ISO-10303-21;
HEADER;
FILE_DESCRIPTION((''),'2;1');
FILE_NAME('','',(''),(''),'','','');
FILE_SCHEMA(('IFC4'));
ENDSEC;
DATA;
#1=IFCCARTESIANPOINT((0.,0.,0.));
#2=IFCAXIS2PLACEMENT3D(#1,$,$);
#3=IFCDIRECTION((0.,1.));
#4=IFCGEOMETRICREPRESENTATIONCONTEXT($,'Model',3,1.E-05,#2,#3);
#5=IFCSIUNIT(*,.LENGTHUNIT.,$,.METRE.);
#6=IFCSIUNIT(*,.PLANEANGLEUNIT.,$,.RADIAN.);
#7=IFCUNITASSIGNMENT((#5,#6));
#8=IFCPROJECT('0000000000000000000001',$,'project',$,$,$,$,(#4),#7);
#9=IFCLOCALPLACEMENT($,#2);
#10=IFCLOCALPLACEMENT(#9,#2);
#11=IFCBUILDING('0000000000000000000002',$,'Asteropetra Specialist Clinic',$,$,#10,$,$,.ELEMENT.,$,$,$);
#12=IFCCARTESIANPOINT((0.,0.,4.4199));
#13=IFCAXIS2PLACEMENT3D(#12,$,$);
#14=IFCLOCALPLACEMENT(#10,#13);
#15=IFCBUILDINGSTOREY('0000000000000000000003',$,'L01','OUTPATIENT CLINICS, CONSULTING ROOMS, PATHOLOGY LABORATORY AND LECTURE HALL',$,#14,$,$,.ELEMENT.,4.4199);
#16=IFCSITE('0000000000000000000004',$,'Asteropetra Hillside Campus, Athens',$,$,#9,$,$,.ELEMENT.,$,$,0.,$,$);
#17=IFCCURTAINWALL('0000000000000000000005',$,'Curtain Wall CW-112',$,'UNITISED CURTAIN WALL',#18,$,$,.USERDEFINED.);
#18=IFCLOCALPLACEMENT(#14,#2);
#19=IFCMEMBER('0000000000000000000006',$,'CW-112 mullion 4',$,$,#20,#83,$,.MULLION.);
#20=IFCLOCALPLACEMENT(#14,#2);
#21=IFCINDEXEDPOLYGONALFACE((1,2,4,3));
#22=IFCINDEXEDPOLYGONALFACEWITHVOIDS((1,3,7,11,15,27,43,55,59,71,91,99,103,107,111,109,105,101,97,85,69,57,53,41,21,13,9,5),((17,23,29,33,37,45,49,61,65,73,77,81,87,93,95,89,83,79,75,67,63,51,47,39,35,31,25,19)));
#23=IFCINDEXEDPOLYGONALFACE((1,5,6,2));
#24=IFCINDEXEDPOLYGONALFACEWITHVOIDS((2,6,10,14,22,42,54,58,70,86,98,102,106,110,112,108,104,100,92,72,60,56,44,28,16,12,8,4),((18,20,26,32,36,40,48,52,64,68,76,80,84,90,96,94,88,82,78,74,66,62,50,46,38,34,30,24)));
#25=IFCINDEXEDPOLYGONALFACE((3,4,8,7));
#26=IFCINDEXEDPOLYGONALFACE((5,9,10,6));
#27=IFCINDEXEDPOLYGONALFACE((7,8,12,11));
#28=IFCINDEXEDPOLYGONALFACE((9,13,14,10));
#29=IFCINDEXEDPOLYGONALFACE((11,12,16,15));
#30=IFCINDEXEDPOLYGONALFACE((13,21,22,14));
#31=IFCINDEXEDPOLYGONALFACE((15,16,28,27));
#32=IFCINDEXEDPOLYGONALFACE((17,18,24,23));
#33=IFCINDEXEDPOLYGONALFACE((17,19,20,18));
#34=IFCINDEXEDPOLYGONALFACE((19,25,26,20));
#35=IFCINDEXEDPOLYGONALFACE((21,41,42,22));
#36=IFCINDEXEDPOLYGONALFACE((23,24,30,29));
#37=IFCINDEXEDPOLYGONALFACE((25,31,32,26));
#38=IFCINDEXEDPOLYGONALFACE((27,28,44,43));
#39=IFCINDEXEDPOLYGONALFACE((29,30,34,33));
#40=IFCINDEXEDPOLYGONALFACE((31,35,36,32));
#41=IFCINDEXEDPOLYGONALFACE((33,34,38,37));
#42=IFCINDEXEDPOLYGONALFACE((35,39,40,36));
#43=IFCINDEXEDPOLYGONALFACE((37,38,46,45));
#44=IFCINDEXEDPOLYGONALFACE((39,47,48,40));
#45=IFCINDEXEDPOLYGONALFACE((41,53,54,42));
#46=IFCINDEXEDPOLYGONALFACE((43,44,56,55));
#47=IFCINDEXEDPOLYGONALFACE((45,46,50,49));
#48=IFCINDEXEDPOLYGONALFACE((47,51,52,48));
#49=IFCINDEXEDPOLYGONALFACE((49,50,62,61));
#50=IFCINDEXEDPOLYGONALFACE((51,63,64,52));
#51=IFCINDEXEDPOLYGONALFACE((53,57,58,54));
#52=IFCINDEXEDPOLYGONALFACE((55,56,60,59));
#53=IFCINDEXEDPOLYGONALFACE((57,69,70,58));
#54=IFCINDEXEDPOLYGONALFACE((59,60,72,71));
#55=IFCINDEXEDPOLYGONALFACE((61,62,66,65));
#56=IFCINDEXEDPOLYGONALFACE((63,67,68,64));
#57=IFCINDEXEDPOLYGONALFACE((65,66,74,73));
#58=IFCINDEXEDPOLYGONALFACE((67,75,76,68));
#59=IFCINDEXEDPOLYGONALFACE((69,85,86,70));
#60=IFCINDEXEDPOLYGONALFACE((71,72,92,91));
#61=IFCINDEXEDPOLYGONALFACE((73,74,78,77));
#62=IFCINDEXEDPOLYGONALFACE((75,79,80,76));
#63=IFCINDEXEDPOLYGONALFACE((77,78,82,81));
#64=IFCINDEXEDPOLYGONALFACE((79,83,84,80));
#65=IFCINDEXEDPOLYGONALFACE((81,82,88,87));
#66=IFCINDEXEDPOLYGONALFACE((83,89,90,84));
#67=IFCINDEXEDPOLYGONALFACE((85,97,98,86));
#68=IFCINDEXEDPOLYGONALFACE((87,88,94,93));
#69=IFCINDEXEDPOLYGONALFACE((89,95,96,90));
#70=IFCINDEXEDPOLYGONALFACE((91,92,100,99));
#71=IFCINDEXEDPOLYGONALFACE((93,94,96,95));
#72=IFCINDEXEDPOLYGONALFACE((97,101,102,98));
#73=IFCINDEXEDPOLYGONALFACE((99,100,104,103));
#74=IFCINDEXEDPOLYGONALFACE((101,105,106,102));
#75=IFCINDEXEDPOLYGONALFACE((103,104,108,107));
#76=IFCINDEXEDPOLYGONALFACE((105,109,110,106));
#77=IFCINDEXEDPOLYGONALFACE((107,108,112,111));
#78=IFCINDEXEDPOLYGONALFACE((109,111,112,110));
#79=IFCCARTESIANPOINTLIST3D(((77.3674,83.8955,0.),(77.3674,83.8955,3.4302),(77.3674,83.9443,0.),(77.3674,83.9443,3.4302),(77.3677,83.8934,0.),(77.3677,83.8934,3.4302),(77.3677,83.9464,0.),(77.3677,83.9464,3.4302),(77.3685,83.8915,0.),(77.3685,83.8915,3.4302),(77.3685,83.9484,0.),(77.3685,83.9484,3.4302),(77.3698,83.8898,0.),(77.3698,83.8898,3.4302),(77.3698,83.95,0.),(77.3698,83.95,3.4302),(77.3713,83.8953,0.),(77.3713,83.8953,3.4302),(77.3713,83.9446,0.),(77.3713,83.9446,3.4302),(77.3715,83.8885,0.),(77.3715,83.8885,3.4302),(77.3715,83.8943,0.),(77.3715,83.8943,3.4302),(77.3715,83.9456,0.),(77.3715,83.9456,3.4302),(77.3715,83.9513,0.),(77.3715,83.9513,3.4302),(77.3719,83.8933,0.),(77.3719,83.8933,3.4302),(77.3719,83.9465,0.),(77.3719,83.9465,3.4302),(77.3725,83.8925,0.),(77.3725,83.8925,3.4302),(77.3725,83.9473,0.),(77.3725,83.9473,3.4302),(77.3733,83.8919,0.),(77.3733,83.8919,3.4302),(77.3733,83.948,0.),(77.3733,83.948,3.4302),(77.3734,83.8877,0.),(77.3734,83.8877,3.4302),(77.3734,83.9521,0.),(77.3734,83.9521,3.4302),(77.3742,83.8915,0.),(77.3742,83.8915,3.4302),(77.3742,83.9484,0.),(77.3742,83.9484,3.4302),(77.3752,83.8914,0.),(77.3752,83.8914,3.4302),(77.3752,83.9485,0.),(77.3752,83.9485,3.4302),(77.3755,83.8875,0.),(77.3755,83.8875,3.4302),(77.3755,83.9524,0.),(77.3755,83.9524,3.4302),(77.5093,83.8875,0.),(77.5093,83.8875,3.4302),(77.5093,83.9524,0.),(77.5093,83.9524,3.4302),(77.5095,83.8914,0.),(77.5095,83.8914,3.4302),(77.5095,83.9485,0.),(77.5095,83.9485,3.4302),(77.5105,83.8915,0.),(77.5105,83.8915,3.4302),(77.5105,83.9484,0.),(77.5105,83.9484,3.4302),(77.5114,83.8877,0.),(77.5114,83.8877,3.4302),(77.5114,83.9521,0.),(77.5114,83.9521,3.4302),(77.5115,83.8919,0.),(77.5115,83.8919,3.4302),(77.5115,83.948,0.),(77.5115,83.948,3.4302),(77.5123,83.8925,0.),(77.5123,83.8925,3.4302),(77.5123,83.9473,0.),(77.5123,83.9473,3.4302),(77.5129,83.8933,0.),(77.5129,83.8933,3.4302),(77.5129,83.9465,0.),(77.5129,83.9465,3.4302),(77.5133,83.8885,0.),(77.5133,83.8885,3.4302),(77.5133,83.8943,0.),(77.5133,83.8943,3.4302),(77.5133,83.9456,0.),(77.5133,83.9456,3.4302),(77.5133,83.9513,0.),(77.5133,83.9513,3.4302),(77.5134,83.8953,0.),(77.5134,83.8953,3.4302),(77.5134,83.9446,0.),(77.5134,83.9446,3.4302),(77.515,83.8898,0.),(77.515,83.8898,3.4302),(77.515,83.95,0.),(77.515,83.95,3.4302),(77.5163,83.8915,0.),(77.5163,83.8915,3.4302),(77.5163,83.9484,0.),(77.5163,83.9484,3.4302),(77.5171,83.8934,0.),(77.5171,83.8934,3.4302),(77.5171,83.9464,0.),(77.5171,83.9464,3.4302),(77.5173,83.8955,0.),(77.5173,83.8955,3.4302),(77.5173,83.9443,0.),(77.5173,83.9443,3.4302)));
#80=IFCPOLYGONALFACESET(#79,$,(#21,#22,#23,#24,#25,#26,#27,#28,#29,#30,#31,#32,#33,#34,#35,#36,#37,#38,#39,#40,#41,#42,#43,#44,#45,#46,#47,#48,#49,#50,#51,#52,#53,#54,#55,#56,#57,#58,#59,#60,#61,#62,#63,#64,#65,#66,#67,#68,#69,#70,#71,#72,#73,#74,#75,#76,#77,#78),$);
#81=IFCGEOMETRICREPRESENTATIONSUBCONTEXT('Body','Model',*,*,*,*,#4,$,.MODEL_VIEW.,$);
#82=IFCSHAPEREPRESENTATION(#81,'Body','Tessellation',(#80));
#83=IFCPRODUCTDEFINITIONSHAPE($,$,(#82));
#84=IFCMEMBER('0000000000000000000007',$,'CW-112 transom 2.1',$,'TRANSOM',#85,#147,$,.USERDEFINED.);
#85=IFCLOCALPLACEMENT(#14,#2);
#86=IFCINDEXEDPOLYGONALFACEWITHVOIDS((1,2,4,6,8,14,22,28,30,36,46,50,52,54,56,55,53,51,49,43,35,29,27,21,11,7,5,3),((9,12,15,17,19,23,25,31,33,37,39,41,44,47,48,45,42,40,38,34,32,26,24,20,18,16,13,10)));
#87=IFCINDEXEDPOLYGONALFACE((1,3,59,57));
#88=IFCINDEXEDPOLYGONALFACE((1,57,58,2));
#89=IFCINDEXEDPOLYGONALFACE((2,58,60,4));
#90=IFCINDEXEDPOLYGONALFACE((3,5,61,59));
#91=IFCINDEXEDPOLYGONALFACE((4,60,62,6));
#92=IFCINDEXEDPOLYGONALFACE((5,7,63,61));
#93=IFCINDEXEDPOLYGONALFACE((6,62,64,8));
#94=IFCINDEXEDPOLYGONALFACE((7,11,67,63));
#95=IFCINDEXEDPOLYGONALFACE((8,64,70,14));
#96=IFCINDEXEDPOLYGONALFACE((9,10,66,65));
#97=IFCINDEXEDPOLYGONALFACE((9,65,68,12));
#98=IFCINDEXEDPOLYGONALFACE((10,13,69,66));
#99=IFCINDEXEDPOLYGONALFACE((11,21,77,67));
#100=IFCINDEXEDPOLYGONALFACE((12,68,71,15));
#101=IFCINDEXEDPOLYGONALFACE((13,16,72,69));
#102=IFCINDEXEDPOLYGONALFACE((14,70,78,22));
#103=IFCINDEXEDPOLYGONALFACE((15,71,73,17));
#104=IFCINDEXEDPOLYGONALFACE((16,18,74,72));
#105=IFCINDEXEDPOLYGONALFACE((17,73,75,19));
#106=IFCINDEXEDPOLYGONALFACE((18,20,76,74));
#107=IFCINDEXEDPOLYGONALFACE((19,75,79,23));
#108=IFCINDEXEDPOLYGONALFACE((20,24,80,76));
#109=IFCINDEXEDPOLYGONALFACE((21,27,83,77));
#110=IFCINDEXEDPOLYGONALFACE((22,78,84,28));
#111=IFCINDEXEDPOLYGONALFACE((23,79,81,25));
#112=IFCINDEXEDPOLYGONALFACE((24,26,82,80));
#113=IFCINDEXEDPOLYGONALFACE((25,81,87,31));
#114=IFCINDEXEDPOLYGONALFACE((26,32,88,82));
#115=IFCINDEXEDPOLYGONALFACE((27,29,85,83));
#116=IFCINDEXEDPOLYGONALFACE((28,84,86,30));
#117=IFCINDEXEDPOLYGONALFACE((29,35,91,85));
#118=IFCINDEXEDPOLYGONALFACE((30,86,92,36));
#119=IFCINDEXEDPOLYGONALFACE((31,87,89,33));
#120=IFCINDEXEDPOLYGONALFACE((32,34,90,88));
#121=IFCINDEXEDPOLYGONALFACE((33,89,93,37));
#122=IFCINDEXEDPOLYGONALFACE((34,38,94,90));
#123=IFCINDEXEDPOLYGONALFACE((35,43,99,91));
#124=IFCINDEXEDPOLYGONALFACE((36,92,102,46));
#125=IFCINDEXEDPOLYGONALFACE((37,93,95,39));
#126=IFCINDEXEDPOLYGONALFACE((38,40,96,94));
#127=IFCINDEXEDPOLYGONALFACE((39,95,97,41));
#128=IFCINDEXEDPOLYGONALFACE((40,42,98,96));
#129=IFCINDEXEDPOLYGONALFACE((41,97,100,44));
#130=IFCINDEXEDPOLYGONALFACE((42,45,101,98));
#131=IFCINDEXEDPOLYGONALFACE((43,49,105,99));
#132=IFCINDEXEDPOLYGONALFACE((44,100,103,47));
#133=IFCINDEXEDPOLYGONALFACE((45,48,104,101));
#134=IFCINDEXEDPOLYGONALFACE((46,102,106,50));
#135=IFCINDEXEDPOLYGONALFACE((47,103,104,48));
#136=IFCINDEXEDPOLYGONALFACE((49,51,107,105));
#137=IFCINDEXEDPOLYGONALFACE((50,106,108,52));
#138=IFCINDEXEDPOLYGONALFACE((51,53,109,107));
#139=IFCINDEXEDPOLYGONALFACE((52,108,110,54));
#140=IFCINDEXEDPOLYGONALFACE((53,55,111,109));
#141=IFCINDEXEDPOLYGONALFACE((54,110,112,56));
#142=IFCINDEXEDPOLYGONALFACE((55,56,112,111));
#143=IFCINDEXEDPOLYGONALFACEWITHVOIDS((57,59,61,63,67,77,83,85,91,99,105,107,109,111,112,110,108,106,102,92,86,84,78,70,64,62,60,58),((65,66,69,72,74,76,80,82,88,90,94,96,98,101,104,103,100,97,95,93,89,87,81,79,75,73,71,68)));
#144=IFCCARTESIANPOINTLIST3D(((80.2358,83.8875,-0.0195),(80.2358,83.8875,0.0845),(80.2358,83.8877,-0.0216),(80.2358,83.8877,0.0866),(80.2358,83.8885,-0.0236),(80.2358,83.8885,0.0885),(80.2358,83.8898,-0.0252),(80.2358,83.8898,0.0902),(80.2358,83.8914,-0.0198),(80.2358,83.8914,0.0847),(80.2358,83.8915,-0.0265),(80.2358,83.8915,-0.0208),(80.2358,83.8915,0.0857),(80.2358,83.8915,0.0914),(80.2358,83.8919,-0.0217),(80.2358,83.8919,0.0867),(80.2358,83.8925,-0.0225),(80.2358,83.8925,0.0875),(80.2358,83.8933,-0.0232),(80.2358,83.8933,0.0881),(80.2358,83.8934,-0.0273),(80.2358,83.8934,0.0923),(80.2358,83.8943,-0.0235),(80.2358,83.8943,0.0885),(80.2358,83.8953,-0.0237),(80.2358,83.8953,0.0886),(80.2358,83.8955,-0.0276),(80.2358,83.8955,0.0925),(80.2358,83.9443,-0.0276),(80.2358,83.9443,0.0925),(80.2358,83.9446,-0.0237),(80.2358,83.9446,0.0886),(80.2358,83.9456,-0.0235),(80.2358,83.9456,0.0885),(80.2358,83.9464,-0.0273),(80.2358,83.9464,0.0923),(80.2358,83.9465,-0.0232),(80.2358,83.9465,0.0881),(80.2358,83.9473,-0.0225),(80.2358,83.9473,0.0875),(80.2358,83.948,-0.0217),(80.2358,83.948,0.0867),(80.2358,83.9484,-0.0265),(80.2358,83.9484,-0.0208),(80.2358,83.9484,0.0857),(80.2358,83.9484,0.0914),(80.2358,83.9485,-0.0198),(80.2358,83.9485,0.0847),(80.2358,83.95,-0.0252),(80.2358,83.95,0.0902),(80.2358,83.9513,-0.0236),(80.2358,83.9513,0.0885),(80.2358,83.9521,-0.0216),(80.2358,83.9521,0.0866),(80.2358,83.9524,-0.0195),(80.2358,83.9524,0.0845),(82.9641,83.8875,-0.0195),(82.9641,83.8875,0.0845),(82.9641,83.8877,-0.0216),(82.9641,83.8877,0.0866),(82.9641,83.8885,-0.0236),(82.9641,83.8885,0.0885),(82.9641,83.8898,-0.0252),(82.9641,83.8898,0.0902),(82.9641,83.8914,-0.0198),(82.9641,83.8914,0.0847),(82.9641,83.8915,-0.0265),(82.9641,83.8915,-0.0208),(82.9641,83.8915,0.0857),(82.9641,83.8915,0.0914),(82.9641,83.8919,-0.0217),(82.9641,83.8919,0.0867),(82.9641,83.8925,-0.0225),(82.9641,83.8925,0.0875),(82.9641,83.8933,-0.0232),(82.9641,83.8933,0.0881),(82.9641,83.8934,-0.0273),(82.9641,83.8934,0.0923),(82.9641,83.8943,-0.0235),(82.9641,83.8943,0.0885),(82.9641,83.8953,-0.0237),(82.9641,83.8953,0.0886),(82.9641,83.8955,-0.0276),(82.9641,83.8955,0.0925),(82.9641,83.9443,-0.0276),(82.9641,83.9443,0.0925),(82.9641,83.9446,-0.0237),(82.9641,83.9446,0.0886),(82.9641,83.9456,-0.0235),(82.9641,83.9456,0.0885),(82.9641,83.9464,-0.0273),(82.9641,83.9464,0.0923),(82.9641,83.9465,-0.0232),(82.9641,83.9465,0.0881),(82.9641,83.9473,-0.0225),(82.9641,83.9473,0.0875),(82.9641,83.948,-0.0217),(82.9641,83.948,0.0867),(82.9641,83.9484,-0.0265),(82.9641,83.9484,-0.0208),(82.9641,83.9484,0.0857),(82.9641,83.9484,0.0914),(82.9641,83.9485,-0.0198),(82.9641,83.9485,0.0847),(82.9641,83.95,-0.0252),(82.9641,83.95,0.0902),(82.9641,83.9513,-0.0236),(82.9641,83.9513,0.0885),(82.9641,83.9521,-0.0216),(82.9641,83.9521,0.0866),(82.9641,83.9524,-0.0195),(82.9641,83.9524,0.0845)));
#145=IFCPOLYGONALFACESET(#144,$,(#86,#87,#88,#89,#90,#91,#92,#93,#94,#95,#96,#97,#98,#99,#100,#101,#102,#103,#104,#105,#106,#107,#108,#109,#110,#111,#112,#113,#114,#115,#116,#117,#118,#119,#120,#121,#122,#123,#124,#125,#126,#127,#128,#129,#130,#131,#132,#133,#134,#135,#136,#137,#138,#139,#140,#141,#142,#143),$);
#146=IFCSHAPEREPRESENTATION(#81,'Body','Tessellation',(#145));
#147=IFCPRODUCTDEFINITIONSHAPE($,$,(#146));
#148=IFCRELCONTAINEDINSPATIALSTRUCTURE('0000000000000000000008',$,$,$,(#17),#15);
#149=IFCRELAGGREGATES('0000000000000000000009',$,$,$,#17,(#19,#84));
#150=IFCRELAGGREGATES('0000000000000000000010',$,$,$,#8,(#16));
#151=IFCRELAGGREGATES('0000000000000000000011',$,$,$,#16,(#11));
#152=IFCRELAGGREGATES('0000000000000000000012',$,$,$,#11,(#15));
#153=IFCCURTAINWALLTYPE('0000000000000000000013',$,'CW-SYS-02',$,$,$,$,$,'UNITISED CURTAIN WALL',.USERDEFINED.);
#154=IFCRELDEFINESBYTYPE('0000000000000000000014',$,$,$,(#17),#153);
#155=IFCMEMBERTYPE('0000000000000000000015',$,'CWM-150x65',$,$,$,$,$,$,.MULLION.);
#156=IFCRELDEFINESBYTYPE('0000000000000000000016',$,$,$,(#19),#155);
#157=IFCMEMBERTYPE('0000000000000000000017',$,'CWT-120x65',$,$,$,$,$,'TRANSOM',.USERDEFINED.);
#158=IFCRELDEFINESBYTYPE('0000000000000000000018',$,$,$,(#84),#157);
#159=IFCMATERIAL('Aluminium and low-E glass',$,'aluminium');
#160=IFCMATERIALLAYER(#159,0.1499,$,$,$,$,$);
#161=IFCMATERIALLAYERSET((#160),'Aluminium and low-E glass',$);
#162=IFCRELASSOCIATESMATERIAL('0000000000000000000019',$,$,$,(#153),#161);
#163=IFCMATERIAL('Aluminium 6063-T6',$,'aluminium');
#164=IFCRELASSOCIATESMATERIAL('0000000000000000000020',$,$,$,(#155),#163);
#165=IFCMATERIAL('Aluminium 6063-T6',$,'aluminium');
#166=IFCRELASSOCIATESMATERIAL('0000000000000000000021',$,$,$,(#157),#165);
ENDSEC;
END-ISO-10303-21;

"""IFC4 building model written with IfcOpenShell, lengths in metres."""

from ifc_helpers import new_model, si_unit, direction, frame, origin, origin_2d, place, context, subcontext, project, spatial, hollow_rectangle, extrude, material, layer, layer_set, material_profile, profile_set, type_object, element, aggregate, save


model = new_model("IFC4")

# Units and contexts
model_context = context("Model", 3, precision=1e-05, world=origin(), true_north=direction((0.0, 1.0)))
body_context = subcontext(model_context, "Body", "Model", "MODEL_VIEW")
ifc_project = project(units=[si_unit("LENGTHUNIT", "METRE"), si_unit("PLANEANGLEUNIT", "RADIAN")], contexts=[model_context])

# Site, building, storey
site_placement = place(None, origin())
site = spatial("IfcSite", under=ifc_project, at=site_placement, Name="Asteropetra Hillside Campus, Athens", CompositionType="ELEMENT", RefElevation=0.0)
building_placement = place(site_placement, origin())
building = spatial("IfcBuilding", under=site, at=building_placement, Name="Asteropetra Specialist Clinic", CompositionType="ELEMENT")
storey_placement = place(building_placement, frame((0.0, 0.0, 4.4199)))
storey = spatial("IfcBuildingStorey", under=building, at=storey_placement, Name="L01", Description="OUTPATIENT CLINICS, CONSULTING ROOMS, PATHOLOGY LABORATORY AND LECTURE HALL", CompositionType="ELEMENT", Elevation=4.4199)

# Curtain wall, members
ifc_material_1 = material(Name="Aluminium and low-E glass", Category="aluminium")
ifc_layer_1 = layer(ifc_material_1, 0.1499)
ifc_layer_set_1 = layer_set([ifc_layer_1], Name="Aluminium and low-E glass")
curtain_wall_type = type_object("IfcCurtainWallType", Name="CW-SYS-02", ElementType="UNITISED CURTAIN WALL", PredefinedType="USERDEFINED", material=ifc_layer_set_1)
curtain_wall_placement = place(storey_placement, origin())
curtain_wall = element("IfcCurtainWall", 1, at=curtain_wall_placement, inside=storey, type_object=curtain_wall_type, Name="Curtain Wall CW-112", ObjectType="UNITISED CURTAIN WALL", PredefinedType="USERDEFINED")
ifc_material_2 = material(Name="Aluminium 6063-T6", Category="aluminium")
ifc_material_profile_1 = material_profile(ifc_material_2, hollow_rectangle(XDim=0.0649, YDim=0.1499, WallThickness=0.0039, InnerFilletRadius=0.0039, OuterFilletRadius=0.0081, at=origin_2d()), Name="MUL 150x65x4.0")
ifc_profile_set_1 = profile_set([ifc_material_profile_1], Name="Aluminium 6063-T6")
member_type_1 = type_object("IfcMemberType", Name="CWM-150x65", PredefinedType="MULLION", material=ifc_profile_set_1)
member_1_placement = place(storey_placement, frame((77.4424, 83.9199, 0.0), z_axis=(0.0, 0.0, 1.0), x_axis=(0.0, -1.0, 0.0)))
member_1 = element("IfcMember", 2, at=member_1_placement, type_object=member_type_1, Name="CW-112 mullion 4", PredefinedType="MULLION", context=body_context, shape_type="SweptSolid", body=[
    extrude(hollow_rectangle(XDim=0.0649, YDim=0.1499, WallThickness=0.0039, InnerFilletRadius=0.0039, OuterFilletRadius=0.0081, at=origin_2d()), origin(), (0.0, 0.0, 1.0), 3.4302),
])
ifc_material_3 = material(Name="Aluminium 6063-T6", Category="aluminium")
ifc_material_profile_2 = material_profile(ifc_material_3, hollow_rectangle(XDim=0.0649, YDim=0.1201, WallThickness=0.0039, InnerFilletRadius=0.0039, OuterFilletRadius=0.0081, at=origin_2d()), Name="TRN 120x65x4.0")
ifc_profile_set_2 = profile_set([ifc_material_profile_2], Name="Aluminium 6063-T6")
member_type_2 = type_object("IfcMemberType", Name="CWT-120x65", ElementType="TRANSOM", PredefinedType="USERDEFINED", material=ifc_profile_set_2)
member_2_placement = place(storey_placement, frame((82.9641, 83.9199, 0.0325), z_axis=(-1.0, 0.0, 0.0), x_axis=(0.0, -1.0, 0.0)))
member_2 = element("IfcMember", 3, at=member_2_placement, type_object=member_type_2, Name="CW-112 transom 2.1", ObjectType="TRANSOM", PredefinedType="USERDEFINED", context=body_context, shape_type="SweptSolid", body=[
    extrude(hollow_rectangle(XDim=0.0649, YDim=0.1201, WallThickness=0.0039, InnerFilletRadius=0.0039, OuterFilletRadius=0.0081, at=origin_2d()), origin(), (0.0, 0.0, 1.0), 2.7283),
])
aggregate(curtain_wall, [member_1, member_2])

save(model, "model.ifc")
